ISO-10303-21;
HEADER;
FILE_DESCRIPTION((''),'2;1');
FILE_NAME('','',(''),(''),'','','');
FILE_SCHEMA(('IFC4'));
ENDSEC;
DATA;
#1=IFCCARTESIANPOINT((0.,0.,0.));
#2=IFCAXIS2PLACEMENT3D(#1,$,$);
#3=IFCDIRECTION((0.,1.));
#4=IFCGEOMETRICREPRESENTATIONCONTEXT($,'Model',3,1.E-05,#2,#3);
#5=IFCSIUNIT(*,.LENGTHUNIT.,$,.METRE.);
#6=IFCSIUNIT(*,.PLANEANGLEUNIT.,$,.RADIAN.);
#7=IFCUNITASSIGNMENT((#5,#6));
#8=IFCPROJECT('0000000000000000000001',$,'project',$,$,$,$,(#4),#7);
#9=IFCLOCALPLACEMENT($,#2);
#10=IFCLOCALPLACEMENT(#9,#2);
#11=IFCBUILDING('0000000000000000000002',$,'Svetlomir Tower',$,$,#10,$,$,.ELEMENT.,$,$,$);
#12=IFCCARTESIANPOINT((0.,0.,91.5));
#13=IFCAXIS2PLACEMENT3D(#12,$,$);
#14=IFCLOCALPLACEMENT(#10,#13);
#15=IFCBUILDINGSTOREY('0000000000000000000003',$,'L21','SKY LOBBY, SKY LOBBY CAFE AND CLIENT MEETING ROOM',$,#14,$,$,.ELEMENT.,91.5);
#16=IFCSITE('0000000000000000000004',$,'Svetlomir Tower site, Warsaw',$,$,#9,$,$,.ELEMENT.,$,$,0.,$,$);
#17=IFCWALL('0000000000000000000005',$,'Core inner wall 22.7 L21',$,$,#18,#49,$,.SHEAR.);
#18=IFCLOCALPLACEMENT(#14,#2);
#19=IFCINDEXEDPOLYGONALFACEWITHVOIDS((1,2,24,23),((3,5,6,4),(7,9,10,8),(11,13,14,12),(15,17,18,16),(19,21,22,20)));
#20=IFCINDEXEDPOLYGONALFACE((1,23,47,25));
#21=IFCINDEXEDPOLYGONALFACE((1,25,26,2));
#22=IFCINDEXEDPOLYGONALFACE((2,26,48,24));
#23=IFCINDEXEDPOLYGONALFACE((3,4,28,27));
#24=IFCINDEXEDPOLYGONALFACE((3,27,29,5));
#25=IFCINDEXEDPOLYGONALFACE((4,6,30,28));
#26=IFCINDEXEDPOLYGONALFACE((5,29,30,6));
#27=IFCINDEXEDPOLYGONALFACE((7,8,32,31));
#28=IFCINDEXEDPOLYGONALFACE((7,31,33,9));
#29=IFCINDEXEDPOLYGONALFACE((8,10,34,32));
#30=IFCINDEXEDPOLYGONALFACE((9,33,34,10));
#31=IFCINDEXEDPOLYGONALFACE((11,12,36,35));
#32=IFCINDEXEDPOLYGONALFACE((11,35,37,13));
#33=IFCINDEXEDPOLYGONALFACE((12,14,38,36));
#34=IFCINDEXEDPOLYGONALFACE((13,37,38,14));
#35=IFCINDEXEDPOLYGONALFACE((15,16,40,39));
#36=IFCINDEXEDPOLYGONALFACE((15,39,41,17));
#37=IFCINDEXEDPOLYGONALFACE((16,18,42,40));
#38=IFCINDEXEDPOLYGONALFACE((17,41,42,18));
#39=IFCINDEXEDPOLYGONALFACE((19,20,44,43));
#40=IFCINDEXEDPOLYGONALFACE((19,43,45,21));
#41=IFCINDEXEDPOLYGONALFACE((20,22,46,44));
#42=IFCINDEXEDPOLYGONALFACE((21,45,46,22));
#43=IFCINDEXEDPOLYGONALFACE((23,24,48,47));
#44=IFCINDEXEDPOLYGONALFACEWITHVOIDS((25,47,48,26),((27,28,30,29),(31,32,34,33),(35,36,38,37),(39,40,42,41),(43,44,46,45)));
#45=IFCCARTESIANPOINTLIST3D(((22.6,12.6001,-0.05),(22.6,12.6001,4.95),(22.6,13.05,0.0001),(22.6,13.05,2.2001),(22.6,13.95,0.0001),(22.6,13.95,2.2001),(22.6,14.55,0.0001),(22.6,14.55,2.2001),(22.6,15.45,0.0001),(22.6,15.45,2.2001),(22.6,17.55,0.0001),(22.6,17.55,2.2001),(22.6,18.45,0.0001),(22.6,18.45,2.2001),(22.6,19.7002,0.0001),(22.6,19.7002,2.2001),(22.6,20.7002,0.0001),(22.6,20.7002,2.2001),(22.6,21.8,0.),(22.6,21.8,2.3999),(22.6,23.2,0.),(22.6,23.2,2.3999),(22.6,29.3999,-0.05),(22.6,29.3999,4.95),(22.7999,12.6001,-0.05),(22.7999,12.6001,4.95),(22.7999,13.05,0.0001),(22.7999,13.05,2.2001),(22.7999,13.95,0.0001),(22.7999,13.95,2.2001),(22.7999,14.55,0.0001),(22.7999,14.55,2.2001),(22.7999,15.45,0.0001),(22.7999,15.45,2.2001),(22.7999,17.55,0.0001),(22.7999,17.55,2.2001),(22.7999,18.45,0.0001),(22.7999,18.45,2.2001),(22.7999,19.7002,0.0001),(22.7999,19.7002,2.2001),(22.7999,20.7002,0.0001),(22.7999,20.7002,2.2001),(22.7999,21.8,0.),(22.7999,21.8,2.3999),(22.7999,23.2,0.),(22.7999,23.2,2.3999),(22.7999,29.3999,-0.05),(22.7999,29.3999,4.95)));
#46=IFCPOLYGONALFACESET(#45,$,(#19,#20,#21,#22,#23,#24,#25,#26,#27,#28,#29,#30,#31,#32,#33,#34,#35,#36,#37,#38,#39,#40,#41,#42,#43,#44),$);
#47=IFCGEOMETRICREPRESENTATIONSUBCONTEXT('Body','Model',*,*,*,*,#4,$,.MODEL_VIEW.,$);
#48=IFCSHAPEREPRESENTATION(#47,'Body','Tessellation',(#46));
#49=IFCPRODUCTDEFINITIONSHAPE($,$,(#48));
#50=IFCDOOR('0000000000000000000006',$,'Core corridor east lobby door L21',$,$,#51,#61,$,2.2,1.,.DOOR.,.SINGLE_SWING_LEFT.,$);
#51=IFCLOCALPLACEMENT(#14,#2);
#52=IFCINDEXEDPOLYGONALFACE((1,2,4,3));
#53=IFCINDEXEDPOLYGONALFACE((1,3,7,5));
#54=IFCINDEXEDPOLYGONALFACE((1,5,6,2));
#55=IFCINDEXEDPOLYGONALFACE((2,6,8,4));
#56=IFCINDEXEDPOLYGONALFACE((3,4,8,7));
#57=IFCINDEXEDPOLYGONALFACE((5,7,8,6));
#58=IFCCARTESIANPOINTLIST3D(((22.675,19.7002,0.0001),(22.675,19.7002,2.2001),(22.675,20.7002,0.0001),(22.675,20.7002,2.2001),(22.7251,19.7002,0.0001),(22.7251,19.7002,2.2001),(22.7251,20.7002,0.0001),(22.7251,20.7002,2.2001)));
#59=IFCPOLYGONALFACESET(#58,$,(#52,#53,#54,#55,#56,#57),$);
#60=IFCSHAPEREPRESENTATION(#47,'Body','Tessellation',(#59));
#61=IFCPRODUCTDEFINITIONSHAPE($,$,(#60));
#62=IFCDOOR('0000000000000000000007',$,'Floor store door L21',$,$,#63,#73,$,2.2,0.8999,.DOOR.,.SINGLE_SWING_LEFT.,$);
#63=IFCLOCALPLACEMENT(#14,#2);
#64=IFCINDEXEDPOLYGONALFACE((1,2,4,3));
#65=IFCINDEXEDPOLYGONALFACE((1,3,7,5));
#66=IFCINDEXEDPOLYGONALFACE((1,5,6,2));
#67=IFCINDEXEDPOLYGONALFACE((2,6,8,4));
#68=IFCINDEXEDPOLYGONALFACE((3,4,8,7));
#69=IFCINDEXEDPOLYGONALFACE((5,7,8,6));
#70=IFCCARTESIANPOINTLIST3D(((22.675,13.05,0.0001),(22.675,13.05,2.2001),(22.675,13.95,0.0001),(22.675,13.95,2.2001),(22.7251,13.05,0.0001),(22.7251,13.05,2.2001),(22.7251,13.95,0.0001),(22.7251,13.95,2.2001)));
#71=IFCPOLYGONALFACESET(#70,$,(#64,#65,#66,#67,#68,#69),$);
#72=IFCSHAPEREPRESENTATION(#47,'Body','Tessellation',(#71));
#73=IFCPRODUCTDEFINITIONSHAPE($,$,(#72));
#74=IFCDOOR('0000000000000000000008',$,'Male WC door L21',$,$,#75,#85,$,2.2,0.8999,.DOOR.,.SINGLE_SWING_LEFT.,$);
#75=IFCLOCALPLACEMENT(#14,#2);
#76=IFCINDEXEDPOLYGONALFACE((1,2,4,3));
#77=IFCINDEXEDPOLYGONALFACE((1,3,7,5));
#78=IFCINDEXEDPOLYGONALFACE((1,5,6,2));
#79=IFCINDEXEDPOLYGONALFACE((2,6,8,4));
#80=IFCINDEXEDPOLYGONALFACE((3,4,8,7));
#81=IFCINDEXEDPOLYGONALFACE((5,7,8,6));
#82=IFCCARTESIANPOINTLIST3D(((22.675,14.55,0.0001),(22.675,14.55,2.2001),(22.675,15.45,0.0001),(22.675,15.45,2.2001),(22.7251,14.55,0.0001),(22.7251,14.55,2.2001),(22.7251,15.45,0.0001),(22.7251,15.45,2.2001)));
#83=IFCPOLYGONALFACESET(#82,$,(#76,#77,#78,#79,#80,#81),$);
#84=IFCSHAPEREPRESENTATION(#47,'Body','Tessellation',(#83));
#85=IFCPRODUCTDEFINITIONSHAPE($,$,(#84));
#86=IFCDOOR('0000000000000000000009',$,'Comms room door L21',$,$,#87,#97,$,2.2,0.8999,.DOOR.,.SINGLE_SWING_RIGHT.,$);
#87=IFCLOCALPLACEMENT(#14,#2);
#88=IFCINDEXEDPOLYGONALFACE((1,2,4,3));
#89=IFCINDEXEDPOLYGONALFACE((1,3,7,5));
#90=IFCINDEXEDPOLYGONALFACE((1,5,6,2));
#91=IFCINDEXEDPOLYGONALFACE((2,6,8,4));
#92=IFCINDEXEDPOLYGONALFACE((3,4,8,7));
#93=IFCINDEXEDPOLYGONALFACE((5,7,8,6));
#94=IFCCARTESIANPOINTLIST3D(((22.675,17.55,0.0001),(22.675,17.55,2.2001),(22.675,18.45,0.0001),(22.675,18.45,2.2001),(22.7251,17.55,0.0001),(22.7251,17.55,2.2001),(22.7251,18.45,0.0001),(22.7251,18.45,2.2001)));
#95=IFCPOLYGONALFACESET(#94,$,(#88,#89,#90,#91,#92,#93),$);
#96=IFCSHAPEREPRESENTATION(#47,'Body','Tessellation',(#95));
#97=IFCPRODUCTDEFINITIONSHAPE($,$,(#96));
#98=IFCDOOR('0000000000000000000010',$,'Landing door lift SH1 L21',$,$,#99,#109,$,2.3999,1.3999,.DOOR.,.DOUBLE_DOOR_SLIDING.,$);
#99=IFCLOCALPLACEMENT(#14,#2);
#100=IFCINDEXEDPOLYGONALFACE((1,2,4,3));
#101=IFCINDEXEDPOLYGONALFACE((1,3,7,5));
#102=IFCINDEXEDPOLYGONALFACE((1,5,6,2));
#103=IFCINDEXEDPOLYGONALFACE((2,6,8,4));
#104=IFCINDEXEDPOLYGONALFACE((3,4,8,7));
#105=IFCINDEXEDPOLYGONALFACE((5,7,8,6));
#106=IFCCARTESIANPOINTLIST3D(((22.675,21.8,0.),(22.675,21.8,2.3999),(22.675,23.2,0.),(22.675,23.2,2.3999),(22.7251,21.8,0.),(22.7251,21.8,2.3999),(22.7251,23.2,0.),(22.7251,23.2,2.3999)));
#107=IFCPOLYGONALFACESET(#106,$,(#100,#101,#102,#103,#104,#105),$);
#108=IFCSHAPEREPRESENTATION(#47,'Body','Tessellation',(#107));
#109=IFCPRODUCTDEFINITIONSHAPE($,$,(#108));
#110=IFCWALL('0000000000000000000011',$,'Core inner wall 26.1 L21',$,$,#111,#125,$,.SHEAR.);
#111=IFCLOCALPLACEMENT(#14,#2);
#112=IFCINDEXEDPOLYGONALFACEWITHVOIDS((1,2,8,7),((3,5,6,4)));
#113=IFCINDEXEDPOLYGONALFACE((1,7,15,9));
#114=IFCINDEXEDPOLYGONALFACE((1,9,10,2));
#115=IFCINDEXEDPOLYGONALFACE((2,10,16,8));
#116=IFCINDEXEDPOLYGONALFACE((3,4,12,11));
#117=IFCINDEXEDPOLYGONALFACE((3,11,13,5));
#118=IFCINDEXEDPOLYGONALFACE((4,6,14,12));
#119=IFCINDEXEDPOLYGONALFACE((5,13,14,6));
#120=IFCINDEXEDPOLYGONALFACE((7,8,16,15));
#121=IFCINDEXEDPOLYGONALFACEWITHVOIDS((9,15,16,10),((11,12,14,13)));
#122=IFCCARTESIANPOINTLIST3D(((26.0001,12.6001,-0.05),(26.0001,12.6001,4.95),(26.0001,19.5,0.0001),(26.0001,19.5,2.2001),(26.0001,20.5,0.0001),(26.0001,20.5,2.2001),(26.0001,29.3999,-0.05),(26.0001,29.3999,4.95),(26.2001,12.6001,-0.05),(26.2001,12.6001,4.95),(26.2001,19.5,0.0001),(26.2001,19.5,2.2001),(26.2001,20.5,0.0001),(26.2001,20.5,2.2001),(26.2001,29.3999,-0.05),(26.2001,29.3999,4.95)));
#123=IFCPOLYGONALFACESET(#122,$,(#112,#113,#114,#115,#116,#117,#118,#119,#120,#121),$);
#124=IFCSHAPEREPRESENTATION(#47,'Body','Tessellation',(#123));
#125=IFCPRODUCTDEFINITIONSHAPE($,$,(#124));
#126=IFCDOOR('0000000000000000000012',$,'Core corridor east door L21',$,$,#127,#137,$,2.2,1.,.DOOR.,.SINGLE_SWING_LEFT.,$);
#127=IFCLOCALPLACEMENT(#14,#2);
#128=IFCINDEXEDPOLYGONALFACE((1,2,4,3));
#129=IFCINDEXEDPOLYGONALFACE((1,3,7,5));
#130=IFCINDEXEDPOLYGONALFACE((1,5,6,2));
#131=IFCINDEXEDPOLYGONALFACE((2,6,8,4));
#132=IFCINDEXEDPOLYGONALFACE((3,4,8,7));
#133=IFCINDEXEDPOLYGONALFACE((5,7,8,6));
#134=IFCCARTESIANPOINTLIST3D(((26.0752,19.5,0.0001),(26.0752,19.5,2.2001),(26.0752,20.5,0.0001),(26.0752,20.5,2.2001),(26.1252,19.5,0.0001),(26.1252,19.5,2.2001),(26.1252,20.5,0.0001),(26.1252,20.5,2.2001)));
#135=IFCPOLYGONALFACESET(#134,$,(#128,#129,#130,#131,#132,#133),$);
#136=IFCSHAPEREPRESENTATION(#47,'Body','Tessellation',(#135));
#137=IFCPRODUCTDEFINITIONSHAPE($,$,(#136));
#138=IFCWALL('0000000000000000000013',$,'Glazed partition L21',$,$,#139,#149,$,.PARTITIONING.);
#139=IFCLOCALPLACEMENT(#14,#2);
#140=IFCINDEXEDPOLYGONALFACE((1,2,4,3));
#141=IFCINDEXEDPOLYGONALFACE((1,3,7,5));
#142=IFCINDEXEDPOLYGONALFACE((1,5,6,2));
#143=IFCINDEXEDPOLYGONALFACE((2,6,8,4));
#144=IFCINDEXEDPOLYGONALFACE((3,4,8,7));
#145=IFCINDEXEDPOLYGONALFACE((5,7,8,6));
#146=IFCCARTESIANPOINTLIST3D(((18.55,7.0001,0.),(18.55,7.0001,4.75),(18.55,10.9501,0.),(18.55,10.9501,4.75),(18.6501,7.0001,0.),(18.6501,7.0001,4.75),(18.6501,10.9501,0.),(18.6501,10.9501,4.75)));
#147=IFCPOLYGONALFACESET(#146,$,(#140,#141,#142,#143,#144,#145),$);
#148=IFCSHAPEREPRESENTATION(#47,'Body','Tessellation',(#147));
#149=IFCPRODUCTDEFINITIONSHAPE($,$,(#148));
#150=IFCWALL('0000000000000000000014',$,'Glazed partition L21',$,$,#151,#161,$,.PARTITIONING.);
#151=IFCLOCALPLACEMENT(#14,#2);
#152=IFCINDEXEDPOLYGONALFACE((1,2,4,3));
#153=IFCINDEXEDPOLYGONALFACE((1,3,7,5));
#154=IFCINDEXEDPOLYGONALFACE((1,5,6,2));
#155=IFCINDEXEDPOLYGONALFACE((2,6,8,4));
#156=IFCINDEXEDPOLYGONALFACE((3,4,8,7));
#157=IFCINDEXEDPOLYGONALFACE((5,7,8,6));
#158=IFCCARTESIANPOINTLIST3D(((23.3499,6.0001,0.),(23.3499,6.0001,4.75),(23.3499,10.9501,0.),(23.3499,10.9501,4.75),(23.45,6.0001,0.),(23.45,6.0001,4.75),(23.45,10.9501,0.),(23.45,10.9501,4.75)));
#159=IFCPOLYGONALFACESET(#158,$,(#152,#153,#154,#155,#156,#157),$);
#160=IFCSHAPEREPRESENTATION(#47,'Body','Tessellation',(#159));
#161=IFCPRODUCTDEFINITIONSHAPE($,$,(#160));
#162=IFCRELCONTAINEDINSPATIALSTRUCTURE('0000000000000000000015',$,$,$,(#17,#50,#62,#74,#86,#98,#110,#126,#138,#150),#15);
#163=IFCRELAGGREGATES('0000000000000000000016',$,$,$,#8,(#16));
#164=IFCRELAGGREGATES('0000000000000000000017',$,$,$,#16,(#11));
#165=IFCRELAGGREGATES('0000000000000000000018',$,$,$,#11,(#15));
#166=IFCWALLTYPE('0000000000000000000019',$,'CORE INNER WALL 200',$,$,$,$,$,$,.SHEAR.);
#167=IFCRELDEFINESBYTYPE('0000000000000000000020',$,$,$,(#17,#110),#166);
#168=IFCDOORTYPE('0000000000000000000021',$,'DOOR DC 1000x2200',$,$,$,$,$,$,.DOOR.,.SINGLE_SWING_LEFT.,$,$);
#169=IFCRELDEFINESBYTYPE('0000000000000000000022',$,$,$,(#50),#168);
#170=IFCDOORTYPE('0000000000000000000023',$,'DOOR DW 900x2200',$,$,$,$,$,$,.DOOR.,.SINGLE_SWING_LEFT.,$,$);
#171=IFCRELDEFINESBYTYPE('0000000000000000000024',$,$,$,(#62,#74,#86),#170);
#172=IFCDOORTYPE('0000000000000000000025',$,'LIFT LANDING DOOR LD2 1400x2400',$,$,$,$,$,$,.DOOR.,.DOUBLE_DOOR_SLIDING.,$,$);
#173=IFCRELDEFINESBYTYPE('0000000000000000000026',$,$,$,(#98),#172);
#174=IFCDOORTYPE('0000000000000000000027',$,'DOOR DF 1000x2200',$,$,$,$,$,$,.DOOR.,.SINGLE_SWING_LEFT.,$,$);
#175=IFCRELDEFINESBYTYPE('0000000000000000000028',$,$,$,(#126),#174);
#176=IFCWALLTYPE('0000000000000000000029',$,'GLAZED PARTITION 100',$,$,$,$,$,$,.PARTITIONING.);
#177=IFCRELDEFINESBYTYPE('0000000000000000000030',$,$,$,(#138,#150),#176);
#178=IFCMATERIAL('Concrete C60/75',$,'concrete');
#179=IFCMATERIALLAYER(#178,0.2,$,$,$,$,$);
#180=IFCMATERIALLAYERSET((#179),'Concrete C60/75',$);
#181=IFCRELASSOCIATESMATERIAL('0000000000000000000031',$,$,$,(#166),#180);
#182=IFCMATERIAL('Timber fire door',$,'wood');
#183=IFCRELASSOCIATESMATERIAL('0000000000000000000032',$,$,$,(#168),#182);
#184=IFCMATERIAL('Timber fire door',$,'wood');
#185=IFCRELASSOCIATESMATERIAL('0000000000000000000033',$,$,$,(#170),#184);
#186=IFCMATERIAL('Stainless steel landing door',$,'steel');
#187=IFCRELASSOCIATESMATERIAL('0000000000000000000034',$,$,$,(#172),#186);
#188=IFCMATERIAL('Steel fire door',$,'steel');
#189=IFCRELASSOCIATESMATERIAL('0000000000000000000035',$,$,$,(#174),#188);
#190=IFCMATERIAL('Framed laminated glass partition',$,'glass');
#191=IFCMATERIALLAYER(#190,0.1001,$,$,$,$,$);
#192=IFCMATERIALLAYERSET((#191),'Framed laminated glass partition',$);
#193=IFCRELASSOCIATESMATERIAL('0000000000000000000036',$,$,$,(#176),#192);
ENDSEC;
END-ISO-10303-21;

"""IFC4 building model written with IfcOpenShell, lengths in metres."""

from ifc_helpers import new_model, si_unit, direction, frame, frame_2d, origin, place, context, subcontext, project, spatial, rectangle, extrude, material, layer, layer_set, type_object, element, fill, save


model = new_model("IFC4")

# Units and contexts
model_context = context("Model", 3, precision=1e-05, world=origin(), true_north=direction((0.0, 1.0)))
body_context = subcontext(model_context, "Body", "Model", "MODEL_VIEW")
ifc_project = project(units=[si_unit("LENGTHUNIT", "METRE"), si_unit("PLANEANGLEUNIT", "RADIAN")], contexts=[model_context])

# Site, building, storey
site_placement = place(None, origin())
site = spatial("IfcSite", under=ifc_project, at=site_placement, Name="Svetlomir Tower site, Warsaw", CompositionType="ELEMENT", RefElevation=0.0)
building_placement = place(site_placement, origin())
building = spatial("IfcBuilding", under=site, at=building_placement, Name="Svetlomir Tower", CompositionType="ELEMENT")
storey_placement = place(building_placement, frame((0.0, 0.0, 91.5)))
storey = spatial("IfcBuildingStorey", under=building, at=storey_placement, Name="L21", Description="SKY LOBBY, SKY LOBBY CAFE AND CLIENT MEETING ROOM", CompositionType="ELEMENT", Elevation=91.5)

# Wall, openings, doors
ifc_material_1 = material(Name="Concrete C60/75", Category="concrete")
ifc_layer_1 = layer(ifc_material_1, 0.2)
ifc_layer_set_1 = layer_set([ifc_layer_1], Name="Concrete C60/75")
wall_type_1 = type_object("IfcWallType", Name="CORE INNER WALL 200", PredefinedType="SHEAR", material=ifc_layer_set_1)
ifc_material_2 = material(Name="Timber fire door", Category="wood")
door_type_1 = type_object("IfcDoorType", Name="DOOR DC 1000x2200", OperationType="SINGLE_SWING_LEFT", PredefinedType="DOOR", material=ifc_material_2)
ifc_material_3 = material(Name="Timber fire door", Category="wood")
door_type_2 = type_object("IfcDoorType", Name="DOOR DW 900x2200", OperationType="SINGLE_SWING_LEFT", PredefinedType="DOOR", material=ifc_material_3)
wall_1_placement = place(storey_placement, frame((22.7, 12.6001, -0.05), z_axis=(0.0, 0.0, 1.0), x_axis=(0.0, 1.0, 0.0)))
wall_1 = element("IfcWall", 1, at=wall_1_placement, inside=storey, type_object=wall_type_1, Name="Core inner wall 22.7 L21", PredefinedType="SHEAR", context=body_context, shape_type="SweptSolid", body=[
    extrude(rectangle(XDim=16.7998, YDim=0.2, at=frame_2d((8.3999, 0.0))), origin(), (0.0, 0.0, 1.0), 5.0),
])
opening_1_placement = place(wall_1_placement, frame((0.45, 0.0, 0.05)))
opening_1 = element("IfcOpeningElement", 2, at=opening_1_placement, cuts=wall_1, PredefinedType="OPENING", context=body_context, shape_type="SweptSolid", body=[
    extrude(rectangle(XDim=0.8999, YDim=2.2, at=frame_2d((0.45, 1.1001))), frame((0.0, 0.1099, 0.0), z_axis=(0.0, -1.0, 0.0), x_axis=(1.0, 0.0, 0.0)), (0.0, 0.0, 1.0), 0.22),
])
opening_2_placement = place(wall_1_placement, frame((7.1001, 0.0, 0.05)))
opening_2 = element("IfcOpeningElement", 3, at=opening_2_placement, cuts=wall_1, PredefinedType="OPENING", context=body_context, shape_type="SweptSolid", body=[
    extrude(rectangle(XDim=1.0, YDim=2.2, at=frame_2d((0.5, 1.1001))), frame((0.0, 0.1099, 0.0), z_axis=(0.0, -1.0, 0.0), x_axis=(1.0, 0.0, 0.0)), (0.0, 0.0, 1.0), 0.22),
])
opening_3_placement = place(wall_1_placement, frame((1.95, 0.0, 0.05)))
opening_3 = element("IfcOpeningElement", 4, at=opening_3_placement, cuts=wall_1, PredefinedType="OPENING", context=body_context, shape_type="SweptSolid", body=[
    extrude(rectangle(XDim=0.8999, YDim=2.2, at=frame_2d((0.45, 1.1001))), frame((0.0, 0.1099, 0.0), z_axis=(0.0, -1.0, 0.0), x_axis=(1.0, 0.0, 0.0)), (0.0, 0.0, 1.0), 0.22),
])
opening_4_placement = place(wall_1_placement, frame((4.95, 0.0, 0.05)))
opening_4 = element("IfcOpeningElement", 5, at=opening_4_placement, cuts=wall_1, PredefinedType="OPENING", context=body_context, shape_type="SweptSolid", body=[
    extrude(rectangle(XDim=0.8999, YDim=2.2, at=frame_2d((0.45, 1.1001))), frame((0.0, 0.1099, 0.0), z_axis=(0.0, -1.0, 0.0), x_axis=(1.0, 0.0, 0.0)), (0.0, 0.0, 1.0), 0.22),
])
opening_5_placement = place(wall_1_placement, frame((9.2, 0.0, 0.05)))
opening_5 = element("IfcOpeningElement", 6, at=opening_5_placement, cuts=wall_1, PredefinedType="OPENING", context=body_context, shape_type="SweptSolid", body=[
    extrude(rectangle(XDim=1.3999, YDim=2.3999, at=frame_2d((0.7, 1.2))), frame((0.0, 0.1099, 0.0), z_axis=(0.0, -1.0, 0.0), x_axis=(1.0, 0.0, 0.0)), (0.0, 0.0, 1.0), 0.22),
])
door_1_placement = place(opening_2_placement, origin())
door_1 = element("IfcDoor", 7, at=door_1_placement, inside=storey, type_object=door_type_1, Name="Core corridor east lobby door L21", OperationType="SINGLE_SWING_LEFT", OverallHeight=2.2, OverallWidth=1.0, PredefinedType="DOOR", context=body_context, shape_type="SweptSolid", body=[
    extrude(rectangle(XDim=1.0, YDim=2.2, at=frame_2d((0.5, 1.1001))), frame((0.0, 0.0249, 0.0), z_axis=(0.0, -1.0, 0.0), x_axis=(1.0, 0.0, 0.0)), (0.0, 0.0, 1.0), 0.05),
])
fill(opening_2, door_1)
door_2_placement = place(opening_1_placement, origin())
door_2 = element("IfcDoor", 8, at=door_2_placement, inside=storey, type_object=door_type_2, Name="Floor store door L21", OperationType="SINGLE_SWING_LEFT", OverallHeight=2.2, OverallWidth=0.8999, PredefinedType="DOOR", context=body_context, shape_type="SweptSolid", body=[
    extrude(rectangle(XDim=0.8999, YDim=2.2, at=frame_2d((0.45, 1.1001))), frame((0.0, 0.0249, 0.0), z_axis=(0.0, -1.0, 0.0), x_axis=(1.0, 0.0, 0.0)), (0.0, 0.0, 1.0), 0.05),
])
fill(opening_1, door_2)
door_3_placement = place(opening_3_placement, origin())
door_3 = element("IfcDoor", 9, at=door_3_placement, inside=storey, type_object=door_type_2, Name="Male WC door L21", OperationType="SINGLE_SWING_LEFT", OverallHeight=2.2, OverallWidth=0.8999, PredefinedType="DOOR", context=body_context, shape_type="SweptSolid", body=[
    extrude(rectangle(XDim=0.8999, YDim=2.2, at=frame_2d((0.45, 1.1001))), frame((0.0, 0.0249, 0.0), z_axis=(0.0, -1.0, 0.0), x_axis=(1.0, 0.0, 0.0)), (0.0, 0.0, 1.0), 0.05),
])
fill(opening_3, door_3)
door_4_placement = place(opening_4_placement, origin())
door_4 = element("IfcDoor", 10, at=door_4_placement, inside=storey, type_object=door_type_2, Name="Comms room door L21", OperationType="SINGLE_SWING_RIGHT", OverallHeight=2.2, OverallWidth=0.8999, PredefinedType="DOOR", context=body_context, shape_type="SweptSolid", body=[
    extrude(rectangle(XDim=0.8999, YDim=2.2, at=frame_2d((0.45, 1.1001))), frame((0.0, 0.0249, 0.0), z_axis=(0.0, -1.0, 0.0), x_axis=(1.0, 0.0, 0.0)), (0.0, 0.0, 1.0), 0.05),
])
fill(opening_4, door_4)
ifc_material_4 = material(Name="Stainless steel landing door", Category="steel")
door_type_3 = type_object("IfcDoorType", Name="LIFT LANDING DOOR LD2 1400x2400", OperationType="DOUBLE_DOOR_SLIDING", PredefinedType="DOOR", material=ifc_material_4)
door_5_placement = place(opening_5_placement, origin())
door_5 = element("IfcDoor", 11, at=door_5_placement, inside=storey, type_object=door_type_3, Name="Landing door lift SH1 L21", OperationType="DOUBLE_DOOR_SLIDING", OverallHeight=2.3999, OverallWidth=1.3999, PredefinedType="DOOR", context=body_context, shape_type="SweptSolid", body=[
    extrude(rectangle(XDim=1.3999, YDim=2.3999, at=frame_2d((0.7, 1.2))), frame((0.0, 0.0249, 0.0), z_axis=(0.0, -1.0, 0.0), x_axis=(1.0, 0.0, 0.0)), (0.0, 0.0, 1.0), 0.05),
])
fill(opening_5, door_5)

# Wall, opening, door
wall_2_placement = place(storey_placement, frame((26.1001, 12.6001, -0.05), z_axis=(0.0, 0.0, 1.0), x_axis=(0.0, 1.0, 0.0)))
wall_2 = element("IfcWall", 12, at=wall_2_placement, inside=storey, type_object=wall_type_1, Name="Core inner wall 26.1 L21", PredefinedType="SHEAR", context=body_context, shape_type="SweptSolid", body=[
    extrude(rectangle(XDim=16.7998, YDim=0.2, at=frame_2d((8.3999, 0.0))), origin(), (0.0, 0.0, 1.0), 5.0),
])
opening_6_placement = place(wall_2_placement, frame((6.8999, 0.0, 0.05)))
opening_6 = element("IfcOpeningElement", 13, at=opening_6_placement, cuts=wall_2, PredefinedType="OPENING", context=body_context, shape_type="SweptSolid", body=[
    extrude(rectangle(XDim=1.0, YDim=2.2, at=frame_2d((0.5, 1.1001))), frame((0.0, 0.1099, 0.0), z_axis=(0.0, -1.0, 0.0), x_axis=(1.0, 0.0, 0.0)), (0.0, 0.0, 1.0), 0.22),
])
ifc_material_5 = material(Name="Steel fire door", Category="steel")
door_type_4 = type_object("IfcDoorType", Name="DOOR DF 1000x2200", OperationType="SINGLE_SWING_LEFT", PredefinedType="DOOR", material=ifc_material_5)
door_6_placement = place(opening_6_placement, origin())
door_6 = element("IfcDoor", 14, at=door_6_placement, inside=storey, type_object=door_type_4, Name="Core corridor east door L21", OperationType="SINGLE_SWING_LEFT", OverallHeight=2.2, OverallWidth=1.0, PredefinedType="DOOR", context=body_context, shape_type="SweptSolid", body=[
    extrude(rectangle(XDim=1.0, YDim=2.2, at=frame_2d((0.5, 1.1001))), frame((0.0, 0.0249, 0.0), z_axis=(0.0, -1.0, 0.0), x_axis=(1.0, 0.0, 0.0)), (0.0, 0.0, 1.0), 0.05),
])
fill(opening_6, door_6)

# Walls
ifc_material_6 = material(Name="Framed laminated glass partition", Category="glass")
ifc_layer_2 = layer(ifc_material_6, 0.1001)
ifc_layer_set_2 = layer_set([ifc_layer_2], Name="Framed laminated glass partition")
wall_type_2 = type_object("IfcWallType", Name="GLAZED PARTITION 100", PredefinedType="PARTITIONING", material=ifc_layer_set_2)
wall_3_placement = place(storey_placement, frame((18.6001, 7.0, 0.0), z_axis=(0.0, 0.0, 1.0), x_axis=(0.0, 1.0, 0.0)))
element("IfcWall", 15, at=wall_3_placement, inside=storey, type_object=wall_type_2, Name="Glazed partition L21", PredefinedType="PARTITIONING", context=body_context, shape_type="SweptSolid", body=[
    extrude(rectangle(XDim=3.95, YDim=0.1001, at=frame_2d((1.9751, 0.0))), origin(), (0.0, 0.0, 1.0), 4.75),
])
wall_4_placement = place(storey_placement, frame((23.3999, 6.0, 0.0), z_axis=(0.0, 0.0, 1.0), x_axis=(0.0, 1.0, 0.0)))
element("IfcWall", 16, at=wall_4_placement, inside=storey, type_object=wall_type_2, Name="Glazed partition L21", PredefinedType="PARTITIONING", context=body_context, shape_type="SweptSolid", body=[
    extrude(rectangle(XDim=4.95, YDim=0.1001, at=frame_2d((2.4751, 0.0))), origin(), (0.0, 0.0, 1.0), 4.75),
])

save(model, "model.ifc")
